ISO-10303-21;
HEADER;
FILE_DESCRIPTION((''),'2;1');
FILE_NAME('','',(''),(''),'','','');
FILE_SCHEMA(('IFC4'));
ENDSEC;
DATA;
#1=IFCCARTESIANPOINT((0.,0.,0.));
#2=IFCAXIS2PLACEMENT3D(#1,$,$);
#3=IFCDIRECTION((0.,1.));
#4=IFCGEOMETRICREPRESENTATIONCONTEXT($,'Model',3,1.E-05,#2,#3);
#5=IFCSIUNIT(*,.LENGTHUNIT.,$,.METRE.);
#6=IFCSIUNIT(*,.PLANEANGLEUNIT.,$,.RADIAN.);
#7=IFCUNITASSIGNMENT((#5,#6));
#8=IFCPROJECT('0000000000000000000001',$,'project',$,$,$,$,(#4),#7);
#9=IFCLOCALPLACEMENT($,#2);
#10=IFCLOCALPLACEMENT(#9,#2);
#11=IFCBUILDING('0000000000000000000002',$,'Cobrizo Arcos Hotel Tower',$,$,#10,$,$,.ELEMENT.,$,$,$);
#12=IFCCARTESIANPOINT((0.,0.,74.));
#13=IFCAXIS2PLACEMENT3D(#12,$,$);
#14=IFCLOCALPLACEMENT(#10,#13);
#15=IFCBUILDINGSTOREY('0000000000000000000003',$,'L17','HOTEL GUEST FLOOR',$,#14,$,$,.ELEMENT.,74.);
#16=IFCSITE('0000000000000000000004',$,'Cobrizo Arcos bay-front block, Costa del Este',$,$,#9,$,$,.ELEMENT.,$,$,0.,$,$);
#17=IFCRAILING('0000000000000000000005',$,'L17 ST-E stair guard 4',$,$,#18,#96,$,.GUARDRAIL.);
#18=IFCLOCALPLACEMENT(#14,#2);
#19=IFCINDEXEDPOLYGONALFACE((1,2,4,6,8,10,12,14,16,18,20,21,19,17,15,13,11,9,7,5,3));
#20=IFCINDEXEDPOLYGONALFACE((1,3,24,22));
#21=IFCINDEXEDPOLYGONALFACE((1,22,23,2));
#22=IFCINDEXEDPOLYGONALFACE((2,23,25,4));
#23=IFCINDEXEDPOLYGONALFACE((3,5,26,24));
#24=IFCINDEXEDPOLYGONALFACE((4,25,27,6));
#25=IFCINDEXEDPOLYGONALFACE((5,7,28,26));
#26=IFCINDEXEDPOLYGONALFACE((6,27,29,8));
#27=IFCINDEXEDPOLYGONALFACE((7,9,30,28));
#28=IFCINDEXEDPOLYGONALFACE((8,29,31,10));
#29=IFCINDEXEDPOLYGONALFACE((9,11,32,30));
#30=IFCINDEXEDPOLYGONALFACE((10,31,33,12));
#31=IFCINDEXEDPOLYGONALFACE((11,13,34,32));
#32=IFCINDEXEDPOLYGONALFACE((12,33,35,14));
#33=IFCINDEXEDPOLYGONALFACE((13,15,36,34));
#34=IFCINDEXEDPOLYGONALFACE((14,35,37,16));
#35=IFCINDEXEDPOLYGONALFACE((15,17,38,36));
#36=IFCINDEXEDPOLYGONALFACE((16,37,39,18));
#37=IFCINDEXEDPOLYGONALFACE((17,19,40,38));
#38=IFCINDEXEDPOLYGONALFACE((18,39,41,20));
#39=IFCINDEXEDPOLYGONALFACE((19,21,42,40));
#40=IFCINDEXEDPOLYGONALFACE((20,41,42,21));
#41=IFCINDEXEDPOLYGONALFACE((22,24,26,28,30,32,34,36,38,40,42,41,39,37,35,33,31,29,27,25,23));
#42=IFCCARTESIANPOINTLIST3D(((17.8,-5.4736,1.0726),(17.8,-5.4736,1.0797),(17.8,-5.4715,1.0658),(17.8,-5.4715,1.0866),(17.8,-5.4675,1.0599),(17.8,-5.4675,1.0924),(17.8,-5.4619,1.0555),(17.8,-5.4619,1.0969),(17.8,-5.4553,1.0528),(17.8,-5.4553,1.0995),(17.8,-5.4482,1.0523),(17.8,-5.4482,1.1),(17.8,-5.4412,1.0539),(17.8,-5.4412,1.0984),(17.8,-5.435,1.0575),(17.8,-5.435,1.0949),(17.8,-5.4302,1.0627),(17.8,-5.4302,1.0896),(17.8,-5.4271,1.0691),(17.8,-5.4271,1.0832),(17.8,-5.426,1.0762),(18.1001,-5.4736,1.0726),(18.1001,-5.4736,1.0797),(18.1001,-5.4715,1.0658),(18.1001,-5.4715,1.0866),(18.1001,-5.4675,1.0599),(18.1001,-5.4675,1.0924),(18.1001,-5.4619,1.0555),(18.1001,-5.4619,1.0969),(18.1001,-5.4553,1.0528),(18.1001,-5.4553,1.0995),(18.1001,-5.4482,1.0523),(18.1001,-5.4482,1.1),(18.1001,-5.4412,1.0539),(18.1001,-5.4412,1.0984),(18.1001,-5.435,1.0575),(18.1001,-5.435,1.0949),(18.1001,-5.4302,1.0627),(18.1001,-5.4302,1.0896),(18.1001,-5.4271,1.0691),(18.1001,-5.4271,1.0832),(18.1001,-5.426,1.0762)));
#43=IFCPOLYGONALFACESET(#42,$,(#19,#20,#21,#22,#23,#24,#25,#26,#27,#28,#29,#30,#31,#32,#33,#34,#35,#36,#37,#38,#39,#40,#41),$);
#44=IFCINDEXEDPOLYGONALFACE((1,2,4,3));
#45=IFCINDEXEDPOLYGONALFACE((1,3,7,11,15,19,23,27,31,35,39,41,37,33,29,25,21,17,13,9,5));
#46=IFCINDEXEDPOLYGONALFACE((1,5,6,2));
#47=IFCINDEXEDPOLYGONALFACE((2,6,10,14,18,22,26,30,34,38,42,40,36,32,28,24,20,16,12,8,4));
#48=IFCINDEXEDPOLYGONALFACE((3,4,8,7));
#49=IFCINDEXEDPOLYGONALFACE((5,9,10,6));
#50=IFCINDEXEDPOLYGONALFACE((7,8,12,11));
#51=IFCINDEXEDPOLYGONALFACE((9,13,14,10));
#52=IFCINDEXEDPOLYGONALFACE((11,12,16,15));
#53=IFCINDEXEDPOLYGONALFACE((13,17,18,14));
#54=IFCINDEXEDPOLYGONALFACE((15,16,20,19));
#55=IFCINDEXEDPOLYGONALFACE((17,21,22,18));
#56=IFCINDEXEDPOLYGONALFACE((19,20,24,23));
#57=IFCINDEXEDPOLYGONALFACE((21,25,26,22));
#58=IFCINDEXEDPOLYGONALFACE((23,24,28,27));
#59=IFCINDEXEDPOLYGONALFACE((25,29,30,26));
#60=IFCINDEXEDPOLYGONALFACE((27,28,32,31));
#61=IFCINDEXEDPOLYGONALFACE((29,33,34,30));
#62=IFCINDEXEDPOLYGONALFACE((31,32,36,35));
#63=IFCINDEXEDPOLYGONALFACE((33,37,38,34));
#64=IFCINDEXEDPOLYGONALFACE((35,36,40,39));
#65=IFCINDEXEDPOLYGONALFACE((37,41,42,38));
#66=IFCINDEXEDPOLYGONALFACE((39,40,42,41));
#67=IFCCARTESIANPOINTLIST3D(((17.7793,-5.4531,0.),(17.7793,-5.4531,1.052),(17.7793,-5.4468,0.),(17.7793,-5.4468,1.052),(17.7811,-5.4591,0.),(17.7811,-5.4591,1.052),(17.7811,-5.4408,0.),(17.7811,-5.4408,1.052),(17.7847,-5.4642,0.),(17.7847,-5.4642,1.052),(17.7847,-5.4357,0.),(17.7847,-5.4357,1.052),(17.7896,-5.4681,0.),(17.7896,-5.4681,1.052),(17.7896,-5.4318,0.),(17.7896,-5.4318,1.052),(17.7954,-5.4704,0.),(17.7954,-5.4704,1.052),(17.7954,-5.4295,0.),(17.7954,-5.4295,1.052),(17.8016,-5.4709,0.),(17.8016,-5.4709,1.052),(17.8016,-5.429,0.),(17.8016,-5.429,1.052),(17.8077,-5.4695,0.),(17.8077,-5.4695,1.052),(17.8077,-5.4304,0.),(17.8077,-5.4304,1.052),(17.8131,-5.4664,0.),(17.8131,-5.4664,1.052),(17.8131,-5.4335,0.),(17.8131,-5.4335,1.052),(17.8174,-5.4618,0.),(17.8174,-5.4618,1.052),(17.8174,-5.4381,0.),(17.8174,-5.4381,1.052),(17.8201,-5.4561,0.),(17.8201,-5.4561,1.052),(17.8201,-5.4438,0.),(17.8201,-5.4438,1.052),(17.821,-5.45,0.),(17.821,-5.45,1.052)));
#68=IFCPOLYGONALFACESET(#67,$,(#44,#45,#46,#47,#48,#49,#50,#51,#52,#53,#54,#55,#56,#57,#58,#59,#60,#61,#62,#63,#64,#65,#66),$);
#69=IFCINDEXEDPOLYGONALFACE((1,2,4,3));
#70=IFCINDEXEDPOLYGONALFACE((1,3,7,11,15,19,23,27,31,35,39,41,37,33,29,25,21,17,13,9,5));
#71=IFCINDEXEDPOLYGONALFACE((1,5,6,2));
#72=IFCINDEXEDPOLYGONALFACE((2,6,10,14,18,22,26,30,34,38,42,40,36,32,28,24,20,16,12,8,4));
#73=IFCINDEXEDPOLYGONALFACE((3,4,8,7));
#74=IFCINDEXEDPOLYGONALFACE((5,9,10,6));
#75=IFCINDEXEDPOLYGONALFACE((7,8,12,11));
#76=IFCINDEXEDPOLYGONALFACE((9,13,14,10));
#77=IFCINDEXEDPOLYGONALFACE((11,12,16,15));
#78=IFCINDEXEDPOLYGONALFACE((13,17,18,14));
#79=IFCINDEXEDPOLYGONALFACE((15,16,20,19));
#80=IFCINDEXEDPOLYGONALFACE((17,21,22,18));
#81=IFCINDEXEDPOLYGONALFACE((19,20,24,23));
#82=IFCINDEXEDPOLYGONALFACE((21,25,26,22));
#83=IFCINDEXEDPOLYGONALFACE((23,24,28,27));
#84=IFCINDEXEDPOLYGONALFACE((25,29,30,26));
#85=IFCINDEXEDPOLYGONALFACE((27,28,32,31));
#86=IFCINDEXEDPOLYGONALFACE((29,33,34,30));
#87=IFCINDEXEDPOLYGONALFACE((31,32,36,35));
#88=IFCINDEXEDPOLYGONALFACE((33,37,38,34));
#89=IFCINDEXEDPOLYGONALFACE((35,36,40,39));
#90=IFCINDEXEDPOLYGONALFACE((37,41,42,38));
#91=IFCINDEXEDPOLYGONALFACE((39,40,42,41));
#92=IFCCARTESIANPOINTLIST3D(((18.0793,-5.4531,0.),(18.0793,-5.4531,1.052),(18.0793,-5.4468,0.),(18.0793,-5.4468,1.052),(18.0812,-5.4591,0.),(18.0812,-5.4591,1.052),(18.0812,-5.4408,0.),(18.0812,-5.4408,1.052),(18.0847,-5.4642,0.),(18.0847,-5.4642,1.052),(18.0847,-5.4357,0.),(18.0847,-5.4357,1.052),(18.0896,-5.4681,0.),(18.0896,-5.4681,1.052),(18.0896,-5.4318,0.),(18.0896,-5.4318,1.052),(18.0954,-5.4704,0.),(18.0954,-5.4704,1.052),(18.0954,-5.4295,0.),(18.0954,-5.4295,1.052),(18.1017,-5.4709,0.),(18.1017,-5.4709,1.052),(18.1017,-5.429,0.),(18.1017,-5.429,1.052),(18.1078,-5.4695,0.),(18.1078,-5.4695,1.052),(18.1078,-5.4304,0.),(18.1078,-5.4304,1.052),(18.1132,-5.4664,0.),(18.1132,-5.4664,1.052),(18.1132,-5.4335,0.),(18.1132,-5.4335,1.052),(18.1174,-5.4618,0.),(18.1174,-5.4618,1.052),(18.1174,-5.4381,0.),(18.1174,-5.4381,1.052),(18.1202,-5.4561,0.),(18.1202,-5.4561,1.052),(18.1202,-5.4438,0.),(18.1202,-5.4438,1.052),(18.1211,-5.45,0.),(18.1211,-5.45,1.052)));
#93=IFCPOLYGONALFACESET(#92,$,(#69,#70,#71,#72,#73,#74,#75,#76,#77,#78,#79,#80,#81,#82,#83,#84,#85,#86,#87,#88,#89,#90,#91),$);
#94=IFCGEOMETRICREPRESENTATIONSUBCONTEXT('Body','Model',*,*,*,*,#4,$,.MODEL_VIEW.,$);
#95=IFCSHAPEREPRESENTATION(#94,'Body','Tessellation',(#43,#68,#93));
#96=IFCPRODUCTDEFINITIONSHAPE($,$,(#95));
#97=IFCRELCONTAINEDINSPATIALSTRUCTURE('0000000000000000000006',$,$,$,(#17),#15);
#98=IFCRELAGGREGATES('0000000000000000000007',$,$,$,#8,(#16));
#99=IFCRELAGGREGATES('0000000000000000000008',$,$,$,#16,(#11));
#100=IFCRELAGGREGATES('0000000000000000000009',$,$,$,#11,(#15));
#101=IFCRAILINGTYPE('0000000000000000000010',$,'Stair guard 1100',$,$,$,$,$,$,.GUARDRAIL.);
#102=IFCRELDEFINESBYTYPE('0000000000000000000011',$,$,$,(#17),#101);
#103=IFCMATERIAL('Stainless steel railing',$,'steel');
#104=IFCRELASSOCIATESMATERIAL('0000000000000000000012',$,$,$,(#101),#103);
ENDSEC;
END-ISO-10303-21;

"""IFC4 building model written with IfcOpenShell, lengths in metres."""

from ifc_helpers import new_model, si_unit, direction, frame, origin, origin_2d, place, context, subcontext, project, spatial, circle, extrude, material, type_object, element, save


model = new_model("IFC4")

# Units and contexts
model_context = context("Model", 3, precision=1e-05, world=origin(), true_north=direction((0.0, 1.0)))
body_context = subcontext(model_context, "Body", "Model", "MODEL_VIEW")
ifc_project = project(units=[si_unit("LENGTHUNIT", "METRE"), si_unit("PLANEANGLEUNIT", "RADIAN")], contexts=[model_context])

# Site, building, storey
site_placement = place(None, origin())
site = spatial("IfcSite", under=ifc_project, at=site_placement, Name="Cobrizo Arcos bay-front block, Costa del Este", CompositionType="ELEMENT", RefElevation=0.0)
building_placement = place(site_placement, origin())
building = spatial("IfcBuilding", under=site, at=building_placement, Name="Cobrizo Arcos Hotel Tower", CompositionType="ELEMENT")
storey_placement = place(building_placement, frame((0.0, 0.0, 74.0)))
storey = spatial("IfcBuildingStorey", under=building, at=storey_placement, Name="L17", Description="HOTEL GUEST FLOOR", CompositionType="ELEMENT", Elevation=74.0)

# Railing
ifc_material_1 = material(Name="Stainless steel railing", Category="steel")
railing_type_1 = type_object("IfcRailingType", Name="Stair guard 1100", PredefinedType="GUARDRAIL", material=ifc_material_1)
railing_1_placement = place(storey_placement, frame((17.8, -5.45, 0.0)))
element("IfcRailing", 1, at=railing_1_placement, inside=storey, type_object=railing_type_1, Name="L17 ST-E stair guard 4", PredefinedType="GUARDRAIL", context=body_context, shape_type="SweptSolid", body=[
    extrude(circle(Radius=0.0239, at=origin_2d()), frame((0.0, 0.0, 1.0762), z_axis=(1.0, 0.0, 0.0), x_axis=(0.0, 1.0, 0.0)), (0.0, 0.0, 1.0), 0.3),
    extrude(circle(Radius=0.021, at=origin_2d()), origin(), (0.0, 0.0, 1.0), 1.052),
    extrude(circle(Radius=0.021, at=origin_2d()), frame((0.3, 0.0, 0.0)), (0.0, 0.0, 1.0), 1.052),
])

save(model, "model.ifc")
